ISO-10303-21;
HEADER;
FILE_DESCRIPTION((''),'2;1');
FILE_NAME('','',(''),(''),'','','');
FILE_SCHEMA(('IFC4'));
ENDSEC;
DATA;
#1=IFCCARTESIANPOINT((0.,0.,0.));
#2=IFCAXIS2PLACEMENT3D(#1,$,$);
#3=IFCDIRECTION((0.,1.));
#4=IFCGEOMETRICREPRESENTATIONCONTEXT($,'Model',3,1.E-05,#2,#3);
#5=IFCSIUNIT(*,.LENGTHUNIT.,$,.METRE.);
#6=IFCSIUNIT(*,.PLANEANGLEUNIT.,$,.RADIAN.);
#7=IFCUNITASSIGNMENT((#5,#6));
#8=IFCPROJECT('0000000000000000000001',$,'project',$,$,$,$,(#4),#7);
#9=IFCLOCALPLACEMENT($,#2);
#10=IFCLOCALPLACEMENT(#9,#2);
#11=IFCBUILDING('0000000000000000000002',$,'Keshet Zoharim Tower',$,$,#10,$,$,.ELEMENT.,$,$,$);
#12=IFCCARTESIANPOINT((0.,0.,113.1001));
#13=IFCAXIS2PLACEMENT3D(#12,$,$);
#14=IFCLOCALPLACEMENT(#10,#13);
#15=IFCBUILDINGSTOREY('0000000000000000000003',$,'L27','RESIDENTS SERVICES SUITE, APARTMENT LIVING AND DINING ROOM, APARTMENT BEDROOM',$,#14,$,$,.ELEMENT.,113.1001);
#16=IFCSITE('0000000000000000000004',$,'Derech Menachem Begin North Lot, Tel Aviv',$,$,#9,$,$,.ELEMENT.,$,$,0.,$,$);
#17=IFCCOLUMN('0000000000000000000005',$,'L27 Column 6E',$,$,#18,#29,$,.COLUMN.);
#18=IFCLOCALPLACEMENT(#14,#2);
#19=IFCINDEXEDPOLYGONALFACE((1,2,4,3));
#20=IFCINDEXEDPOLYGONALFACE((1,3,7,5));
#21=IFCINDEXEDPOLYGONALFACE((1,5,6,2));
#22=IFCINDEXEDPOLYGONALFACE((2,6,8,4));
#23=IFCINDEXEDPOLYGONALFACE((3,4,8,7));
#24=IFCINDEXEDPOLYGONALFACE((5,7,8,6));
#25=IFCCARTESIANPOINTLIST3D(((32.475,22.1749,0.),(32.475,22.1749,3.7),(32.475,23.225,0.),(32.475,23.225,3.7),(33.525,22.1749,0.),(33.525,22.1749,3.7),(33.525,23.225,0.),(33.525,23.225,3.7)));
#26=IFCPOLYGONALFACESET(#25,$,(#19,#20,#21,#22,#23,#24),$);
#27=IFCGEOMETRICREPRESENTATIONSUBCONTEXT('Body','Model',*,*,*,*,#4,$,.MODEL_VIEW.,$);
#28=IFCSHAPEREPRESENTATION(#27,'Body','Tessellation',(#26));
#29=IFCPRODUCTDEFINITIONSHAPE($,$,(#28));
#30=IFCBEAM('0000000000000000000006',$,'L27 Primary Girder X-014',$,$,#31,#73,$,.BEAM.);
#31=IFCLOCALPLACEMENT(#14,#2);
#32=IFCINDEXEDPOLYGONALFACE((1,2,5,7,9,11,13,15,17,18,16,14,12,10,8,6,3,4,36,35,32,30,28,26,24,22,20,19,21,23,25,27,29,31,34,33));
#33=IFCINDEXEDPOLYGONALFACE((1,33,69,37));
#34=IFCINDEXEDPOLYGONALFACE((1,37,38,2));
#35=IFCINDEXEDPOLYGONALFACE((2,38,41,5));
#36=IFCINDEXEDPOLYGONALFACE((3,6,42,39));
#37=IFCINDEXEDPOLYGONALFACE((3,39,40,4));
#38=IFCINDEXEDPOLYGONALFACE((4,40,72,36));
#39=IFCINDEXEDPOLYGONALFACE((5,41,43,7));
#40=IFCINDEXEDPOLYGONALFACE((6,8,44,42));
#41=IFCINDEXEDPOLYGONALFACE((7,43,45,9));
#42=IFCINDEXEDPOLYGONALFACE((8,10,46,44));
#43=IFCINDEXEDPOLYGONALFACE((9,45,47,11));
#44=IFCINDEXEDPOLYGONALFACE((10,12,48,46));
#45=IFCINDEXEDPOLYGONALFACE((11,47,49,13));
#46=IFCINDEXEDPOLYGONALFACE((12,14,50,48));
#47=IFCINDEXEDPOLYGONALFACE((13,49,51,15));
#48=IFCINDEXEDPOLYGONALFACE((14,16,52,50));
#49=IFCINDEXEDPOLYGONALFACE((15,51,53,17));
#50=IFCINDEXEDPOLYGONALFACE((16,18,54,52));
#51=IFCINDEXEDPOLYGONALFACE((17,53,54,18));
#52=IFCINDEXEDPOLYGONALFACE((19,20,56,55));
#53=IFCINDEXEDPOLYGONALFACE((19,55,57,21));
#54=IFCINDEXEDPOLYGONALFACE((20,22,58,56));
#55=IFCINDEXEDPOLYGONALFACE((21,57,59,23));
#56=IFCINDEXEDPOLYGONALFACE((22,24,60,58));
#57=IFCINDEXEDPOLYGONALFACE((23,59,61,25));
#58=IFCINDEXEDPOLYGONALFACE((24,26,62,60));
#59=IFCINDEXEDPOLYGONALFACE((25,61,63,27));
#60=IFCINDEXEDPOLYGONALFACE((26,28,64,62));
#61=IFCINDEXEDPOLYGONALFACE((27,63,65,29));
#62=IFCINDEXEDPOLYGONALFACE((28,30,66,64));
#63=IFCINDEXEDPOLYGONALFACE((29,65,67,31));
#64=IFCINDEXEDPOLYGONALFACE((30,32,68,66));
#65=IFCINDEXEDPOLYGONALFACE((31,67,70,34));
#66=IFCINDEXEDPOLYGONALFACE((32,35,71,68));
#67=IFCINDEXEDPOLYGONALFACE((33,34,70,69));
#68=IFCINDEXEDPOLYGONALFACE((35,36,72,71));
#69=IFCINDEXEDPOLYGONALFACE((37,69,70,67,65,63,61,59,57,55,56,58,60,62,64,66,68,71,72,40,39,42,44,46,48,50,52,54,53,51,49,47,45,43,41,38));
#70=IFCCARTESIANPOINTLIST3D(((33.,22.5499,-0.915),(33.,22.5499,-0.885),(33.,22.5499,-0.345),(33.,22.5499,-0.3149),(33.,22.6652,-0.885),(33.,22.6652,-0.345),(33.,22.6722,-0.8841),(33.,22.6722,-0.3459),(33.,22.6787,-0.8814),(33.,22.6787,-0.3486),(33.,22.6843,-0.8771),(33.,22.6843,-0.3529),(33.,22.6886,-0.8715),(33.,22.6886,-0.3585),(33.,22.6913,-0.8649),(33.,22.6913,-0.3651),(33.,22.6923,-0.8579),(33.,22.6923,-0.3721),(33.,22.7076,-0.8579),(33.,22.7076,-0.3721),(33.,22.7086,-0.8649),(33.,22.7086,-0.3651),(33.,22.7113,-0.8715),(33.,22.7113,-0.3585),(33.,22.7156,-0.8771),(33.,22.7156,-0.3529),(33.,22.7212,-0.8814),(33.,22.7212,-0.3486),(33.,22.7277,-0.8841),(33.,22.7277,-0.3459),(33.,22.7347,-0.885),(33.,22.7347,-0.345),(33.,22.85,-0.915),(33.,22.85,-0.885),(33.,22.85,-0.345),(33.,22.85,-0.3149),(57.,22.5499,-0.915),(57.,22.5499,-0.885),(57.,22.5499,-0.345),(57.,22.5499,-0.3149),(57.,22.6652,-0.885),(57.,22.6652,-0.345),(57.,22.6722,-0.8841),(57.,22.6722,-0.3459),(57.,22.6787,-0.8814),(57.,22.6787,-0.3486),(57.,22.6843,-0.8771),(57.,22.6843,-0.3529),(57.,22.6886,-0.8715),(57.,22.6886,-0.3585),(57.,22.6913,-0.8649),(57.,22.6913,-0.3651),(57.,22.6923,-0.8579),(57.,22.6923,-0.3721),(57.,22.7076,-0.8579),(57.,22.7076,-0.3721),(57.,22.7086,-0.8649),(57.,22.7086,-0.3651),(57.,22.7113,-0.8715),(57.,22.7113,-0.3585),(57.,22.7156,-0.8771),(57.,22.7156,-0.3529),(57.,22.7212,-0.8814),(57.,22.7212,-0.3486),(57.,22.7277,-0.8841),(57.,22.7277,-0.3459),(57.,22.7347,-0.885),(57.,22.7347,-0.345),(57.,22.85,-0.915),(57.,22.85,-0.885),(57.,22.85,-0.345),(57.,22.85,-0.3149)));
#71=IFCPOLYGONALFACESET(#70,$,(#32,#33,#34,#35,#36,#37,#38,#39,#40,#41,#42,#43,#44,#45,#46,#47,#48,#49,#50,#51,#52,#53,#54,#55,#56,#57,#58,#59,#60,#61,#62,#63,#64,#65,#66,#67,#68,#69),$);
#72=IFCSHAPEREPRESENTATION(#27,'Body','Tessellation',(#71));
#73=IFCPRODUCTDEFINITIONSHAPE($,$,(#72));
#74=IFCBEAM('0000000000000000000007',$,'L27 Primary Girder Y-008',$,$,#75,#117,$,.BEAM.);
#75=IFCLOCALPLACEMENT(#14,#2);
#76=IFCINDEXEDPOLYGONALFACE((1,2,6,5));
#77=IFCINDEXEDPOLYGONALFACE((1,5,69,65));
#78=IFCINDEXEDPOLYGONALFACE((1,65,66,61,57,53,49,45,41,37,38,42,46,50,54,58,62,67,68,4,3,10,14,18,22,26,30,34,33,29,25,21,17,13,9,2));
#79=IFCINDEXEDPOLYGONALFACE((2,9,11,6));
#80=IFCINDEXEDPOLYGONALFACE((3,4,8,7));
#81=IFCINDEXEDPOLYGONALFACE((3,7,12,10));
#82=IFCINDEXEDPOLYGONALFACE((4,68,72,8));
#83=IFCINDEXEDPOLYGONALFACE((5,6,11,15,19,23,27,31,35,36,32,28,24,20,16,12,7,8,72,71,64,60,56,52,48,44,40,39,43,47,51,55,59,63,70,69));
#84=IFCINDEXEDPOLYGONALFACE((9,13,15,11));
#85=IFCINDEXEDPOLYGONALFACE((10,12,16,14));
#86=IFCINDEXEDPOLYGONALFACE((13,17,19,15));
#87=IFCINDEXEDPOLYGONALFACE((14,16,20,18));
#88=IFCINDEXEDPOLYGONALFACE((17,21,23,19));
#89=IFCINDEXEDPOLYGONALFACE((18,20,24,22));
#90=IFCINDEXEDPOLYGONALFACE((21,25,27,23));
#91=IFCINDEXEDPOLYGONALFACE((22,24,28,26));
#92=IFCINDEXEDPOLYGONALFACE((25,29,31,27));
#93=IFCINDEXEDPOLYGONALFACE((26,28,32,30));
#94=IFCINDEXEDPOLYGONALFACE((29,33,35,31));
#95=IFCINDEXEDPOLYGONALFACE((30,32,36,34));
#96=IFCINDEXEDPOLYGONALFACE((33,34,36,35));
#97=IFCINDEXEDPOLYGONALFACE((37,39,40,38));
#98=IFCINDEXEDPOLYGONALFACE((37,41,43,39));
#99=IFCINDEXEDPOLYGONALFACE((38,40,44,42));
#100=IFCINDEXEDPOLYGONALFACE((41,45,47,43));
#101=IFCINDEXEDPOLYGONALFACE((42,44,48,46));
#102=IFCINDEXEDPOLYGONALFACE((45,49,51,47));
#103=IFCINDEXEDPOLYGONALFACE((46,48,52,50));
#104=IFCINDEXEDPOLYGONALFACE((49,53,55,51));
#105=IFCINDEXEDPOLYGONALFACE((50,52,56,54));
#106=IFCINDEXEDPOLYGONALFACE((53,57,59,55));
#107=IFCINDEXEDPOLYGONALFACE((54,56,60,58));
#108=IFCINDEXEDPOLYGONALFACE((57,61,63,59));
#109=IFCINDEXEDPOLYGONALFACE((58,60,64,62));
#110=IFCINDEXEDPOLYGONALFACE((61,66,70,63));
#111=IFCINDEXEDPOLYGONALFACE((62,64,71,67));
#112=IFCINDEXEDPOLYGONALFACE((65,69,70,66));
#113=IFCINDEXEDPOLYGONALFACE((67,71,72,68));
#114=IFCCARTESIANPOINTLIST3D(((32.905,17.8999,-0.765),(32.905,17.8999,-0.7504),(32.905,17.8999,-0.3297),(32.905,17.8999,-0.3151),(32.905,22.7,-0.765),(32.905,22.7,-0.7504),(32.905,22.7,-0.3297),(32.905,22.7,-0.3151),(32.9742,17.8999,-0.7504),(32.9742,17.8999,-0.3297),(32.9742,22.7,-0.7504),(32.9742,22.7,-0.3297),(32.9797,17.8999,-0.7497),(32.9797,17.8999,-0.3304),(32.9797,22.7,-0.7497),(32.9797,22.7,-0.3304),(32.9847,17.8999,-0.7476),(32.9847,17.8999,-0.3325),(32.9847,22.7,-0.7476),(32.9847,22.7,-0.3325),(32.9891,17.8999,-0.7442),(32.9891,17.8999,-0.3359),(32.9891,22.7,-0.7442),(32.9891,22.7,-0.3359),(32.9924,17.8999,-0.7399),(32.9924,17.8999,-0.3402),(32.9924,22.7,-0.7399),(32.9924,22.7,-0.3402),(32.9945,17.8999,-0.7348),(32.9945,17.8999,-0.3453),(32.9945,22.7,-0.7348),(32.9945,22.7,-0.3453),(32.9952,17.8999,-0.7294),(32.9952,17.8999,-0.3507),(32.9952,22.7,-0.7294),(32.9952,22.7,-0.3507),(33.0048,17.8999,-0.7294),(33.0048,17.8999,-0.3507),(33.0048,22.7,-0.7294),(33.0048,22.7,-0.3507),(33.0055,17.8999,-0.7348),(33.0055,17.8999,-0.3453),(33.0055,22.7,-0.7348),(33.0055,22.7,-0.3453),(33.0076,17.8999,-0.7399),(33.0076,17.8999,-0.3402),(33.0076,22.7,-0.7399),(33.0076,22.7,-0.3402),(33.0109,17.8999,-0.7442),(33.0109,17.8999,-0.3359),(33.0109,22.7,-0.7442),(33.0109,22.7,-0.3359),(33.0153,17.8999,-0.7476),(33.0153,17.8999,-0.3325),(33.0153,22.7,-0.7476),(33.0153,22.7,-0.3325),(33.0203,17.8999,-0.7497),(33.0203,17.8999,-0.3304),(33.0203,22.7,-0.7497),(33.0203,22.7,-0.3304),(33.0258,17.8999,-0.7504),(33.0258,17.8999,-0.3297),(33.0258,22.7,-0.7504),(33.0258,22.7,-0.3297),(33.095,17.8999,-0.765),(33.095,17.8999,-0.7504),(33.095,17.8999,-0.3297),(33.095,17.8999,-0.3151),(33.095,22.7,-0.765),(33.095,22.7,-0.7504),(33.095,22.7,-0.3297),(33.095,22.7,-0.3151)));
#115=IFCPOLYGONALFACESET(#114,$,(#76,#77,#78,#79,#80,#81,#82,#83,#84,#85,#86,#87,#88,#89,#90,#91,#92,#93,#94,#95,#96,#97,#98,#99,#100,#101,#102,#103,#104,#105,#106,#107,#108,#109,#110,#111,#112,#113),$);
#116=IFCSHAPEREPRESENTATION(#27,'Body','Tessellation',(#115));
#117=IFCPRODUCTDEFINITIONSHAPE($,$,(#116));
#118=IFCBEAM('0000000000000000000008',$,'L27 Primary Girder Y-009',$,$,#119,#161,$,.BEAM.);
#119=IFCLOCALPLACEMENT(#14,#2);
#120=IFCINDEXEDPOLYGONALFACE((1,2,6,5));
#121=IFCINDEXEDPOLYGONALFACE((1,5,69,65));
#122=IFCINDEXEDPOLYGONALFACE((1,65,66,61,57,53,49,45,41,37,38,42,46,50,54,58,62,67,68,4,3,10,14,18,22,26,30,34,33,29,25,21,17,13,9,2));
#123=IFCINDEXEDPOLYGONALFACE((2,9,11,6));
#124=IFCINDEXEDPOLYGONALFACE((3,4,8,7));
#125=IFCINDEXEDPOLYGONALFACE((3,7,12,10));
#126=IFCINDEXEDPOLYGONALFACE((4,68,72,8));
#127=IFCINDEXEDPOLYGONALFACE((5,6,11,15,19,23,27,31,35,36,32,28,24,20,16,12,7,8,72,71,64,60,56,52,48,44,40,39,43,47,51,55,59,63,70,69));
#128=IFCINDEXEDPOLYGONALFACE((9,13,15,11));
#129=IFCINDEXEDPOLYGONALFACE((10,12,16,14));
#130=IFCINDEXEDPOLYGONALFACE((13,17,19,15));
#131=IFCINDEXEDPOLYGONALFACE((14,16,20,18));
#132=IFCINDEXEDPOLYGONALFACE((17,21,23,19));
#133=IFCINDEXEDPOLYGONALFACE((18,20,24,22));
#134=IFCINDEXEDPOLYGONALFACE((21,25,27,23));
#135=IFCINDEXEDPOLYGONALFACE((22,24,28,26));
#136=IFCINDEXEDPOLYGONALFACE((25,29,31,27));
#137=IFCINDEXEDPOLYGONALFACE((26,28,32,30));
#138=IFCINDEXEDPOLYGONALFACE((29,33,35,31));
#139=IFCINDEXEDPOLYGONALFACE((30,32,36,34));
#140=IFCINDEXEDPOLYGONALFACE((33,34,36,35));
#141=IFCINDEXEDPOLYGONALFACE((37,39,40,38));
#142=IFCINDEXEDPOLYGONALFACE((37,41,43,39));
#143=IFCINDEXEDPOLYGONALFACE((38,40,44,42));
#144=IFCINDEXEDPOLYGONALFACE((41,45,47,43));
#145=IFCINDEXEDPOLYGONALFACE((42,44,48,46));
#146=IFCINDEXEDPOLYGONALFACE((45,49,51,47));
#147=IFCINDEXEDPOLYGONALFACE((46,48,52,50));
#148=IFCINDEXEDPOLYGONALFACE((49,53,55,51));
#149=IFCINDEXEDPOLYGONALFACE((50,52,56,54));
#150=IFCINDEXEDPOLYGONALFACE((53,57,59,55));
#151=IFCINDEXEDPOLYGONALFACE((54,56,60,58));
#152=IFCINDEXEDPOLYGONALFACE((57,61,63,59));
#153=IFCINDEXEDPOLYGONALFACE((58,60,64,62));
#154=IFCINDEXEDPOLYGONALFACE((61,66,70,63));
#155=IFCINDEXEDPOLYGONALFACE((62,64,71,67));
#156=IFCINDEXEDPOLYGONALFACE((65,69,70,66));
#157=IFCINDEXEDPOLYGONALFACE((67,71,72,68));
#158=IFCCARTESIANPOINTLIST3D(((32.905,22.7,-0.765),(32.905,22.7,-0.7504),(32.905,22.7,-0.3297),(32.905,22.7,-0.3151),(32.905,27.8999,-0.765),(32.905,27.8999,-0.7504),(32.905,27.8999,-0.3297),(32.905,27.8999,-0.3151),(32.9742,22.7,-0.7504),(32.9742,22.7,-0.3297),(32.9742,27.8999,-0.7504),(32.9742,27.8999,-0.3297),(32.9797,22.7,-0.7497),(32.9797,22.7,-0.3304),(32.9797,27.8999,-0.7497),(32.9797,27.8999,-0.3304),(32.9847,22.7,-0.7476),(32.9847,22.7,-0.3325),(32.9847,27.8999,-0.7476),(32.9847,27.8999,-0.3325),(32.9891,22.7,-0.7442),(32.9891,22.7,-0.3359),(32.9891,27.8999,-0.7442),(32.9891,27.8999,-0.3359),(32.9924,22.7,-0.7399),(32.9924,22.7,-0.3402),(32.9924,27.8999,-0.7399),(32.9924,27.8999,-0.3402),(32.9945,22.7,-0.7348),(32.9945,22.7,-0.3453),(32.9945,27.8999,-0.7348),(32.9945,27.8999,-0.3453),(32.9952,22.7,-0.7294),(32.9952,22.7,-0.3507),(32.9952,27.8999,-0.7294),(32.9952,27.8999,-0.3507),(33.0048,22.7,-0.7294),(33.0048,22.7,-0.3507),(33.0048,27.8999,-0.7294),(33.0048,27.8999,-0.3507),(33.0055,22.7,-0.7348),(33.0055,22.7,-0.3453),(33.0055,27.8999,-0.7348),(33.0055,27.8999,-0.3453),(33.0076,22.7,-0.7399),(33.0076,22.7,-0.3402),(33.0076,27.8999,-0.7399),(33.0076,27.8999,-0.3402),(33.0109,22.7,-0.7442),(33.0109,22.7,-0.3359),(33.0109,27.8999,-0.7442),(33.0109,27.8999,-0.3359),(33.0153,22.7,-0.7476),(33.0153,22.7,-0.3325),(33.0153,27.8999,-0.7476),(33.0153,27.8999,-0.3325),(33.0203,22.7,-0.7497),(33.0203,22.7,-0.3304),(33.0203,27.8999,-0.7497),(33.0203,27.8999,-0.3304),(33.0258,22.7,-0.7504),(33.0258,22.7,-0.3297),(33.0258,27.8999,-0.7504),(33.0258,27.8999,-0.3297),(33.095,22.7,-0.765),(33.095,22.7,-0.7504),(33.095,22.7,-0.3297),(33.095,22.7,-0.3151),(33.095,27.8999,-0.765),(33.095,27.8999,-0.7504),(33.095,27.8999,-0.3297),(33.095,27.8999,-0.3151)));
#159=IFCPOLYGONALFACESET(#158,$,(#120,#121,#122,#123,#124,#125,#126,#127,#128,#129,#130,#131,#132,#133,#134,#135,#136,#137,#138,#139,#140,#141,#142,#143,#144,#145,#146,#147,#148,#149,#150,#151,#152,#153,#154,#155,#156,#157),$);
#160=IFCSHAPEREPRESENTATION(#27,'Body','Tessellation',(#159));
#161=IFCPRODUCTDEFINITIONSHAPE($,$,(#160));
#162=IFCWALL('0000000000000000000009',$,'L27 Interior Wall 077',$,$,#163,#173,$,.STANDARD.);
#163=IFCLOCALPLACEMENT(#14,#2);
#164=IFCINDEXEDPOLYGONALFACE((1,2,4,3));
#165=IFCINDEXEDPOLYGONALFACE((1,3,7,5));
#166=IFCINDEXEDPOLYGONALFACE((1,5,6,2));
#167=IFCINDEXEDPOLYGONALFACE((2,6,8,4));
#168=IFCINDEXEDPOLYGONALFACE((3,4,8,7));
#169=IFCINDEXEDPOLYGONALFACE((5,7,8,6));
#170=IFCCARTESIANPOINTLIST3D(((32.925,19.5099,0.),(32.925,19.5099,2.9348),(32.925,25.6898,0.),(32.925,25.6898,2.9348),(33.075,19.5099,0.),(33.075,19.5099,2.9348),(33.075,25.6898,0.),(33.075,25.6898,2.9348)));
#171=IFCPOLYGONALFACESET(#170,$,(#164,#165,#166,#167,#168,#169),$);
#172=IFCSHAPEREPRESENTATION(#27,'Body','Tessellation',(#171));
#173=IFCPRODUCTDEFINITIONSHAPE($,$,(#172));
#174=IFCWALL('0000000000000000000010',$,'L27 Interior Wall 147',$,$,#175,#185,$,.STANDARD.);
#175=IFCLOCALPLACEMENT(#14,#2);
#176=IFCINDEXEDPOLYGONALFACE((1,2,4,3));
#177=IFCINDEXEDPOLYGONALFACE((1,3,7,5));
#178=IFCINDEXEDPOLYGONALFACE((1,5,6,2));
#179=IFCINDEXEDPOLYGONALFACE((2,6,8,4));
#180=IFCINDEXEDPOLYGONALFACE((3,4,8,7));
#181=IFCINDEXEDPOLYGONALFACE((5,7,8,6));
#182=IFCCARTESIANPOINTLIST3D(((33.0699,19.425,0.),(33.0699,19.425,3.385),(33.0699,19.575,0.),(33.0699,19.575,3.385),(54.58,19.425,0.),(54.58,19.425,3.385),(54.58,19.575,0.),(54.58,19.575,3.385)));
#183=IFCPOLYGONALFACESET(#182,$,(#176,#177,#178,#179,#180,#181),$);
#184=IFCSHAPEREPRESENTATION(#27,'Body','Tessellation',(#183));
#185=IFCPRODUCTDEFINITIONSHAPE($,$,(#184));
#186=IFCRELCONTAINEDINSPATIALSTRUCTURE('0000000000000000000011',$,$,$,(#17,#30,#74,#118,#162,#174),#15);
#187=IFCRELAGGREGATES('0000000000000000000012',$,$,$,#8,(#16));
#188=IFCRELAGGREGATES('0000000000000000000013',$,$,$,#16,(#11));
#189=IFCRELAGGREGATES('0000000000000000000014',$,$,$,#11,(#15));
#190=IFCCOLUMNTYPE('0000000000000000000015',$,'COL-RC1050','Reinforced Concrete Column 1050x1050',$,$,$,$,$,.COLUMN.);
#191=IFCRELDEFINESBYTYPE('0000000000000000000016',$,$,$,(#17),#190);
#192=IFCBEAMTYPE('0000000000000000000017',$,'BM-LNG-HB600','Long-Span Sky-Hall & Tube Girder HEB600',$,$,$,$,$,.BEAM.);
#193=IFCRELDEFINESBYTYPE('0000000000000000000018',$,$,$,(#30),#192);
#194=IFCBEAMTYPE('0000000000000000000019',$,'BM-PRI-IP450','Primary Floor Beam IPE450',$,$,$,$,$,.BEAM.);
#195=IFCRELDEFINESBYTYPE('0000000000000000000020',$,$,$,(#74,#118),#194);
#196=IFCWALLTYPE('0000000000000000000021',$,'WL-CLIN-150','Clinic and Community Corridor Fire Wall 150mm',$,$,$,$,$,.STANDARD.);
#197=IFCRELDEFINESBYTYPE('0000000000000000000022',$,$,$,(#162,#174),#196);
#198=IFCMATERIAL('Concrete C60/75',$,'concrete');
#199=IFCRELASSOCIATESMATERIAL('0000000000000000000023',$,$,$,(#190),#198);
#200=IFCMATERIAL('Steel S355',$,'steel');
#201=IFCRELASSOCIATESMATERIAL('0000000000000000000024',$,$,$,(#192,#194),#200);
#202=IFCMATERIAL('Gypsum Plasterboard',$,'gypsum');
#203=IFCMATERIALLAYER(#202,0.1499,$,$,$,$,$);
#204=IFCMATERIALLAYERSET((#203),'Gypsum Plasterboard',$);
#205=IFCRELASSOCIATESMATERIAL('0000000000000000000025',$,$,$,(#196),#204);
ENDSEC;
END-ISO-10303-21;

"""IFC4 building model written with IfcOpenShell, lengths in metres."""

from ifc_helpers import new_model, si_unit, direction, frame, frame_2d, origin, origin_2d, place, context, subcontext, project, spatial, rectangle, i_section, extrude, material, layer, layer_set, material_profile, profile_set, type_object, element, save


model = new_model("IFC4")

# Units and contexts
model_context = context("Model", 3, precision=1e-05, world=origin(), true_north=direction((0.0, 1.0)))
body_context = subcontext(model_context, "Body", "Model", "MODEL_VIEW")
ifc_project = project(units=[si_unit("LENGTHUNIT", "METRE"), si_unit("PLANEANGLEUNIT", "RADIAN")], contexts=[model_context])

# Site, building, storey
site_placement = place(None, origin())
site = spatial("IfcSite", under=ifc_project, at=site_placement, Name="Derech Menachem Begin North Lot, Tel Aviv", CompositionType="ELEMENT", RefElevation=0.0)
building_placement = place(site_placement, origin())
building = spatial("IfcBuilding", under=site, at=building_placement, Name="Keshet Zoharim Tower", CompositionType="ELEMENT")
storey_placement = place(building_placement, frame((0.0, 0.0, 113.1001)))
storey = spatial("IfcBuildingStorey", under=building, at=storey_placement, Name="L27", Description="RESIDENTS SERVICES SUITE, APARTMENT LIVING AND DINING ROOM, APARTMENT BEDROOM", CompositionType="ELEMENT", Elevation=113.1001)

# Column
ifc_material_1 = material(Name="Concrete C60/75", Category="concrete")
ifc_material_profile_1 = material_profile(ifc_material_1, rectangle(XDim=1.05, YDim=1.05, at=origin_2d()), Name="RC1050x1050")
ifc_profile_set_1 = profile_set([ifc_material_profile_1], Name="Concrete C60/75")
column_type = type_object("IfcColumnType", Name="COL-RC1050", Description="Reinforced Concrete Column 1050x1050", PredefinedType="COLUMN", material=ifc_profile_set_1)
column_placement = place(storey_placement, frame((33.0, 22.7, 0.0), z_axis=(0.0, 0.0, 1.0), x_axis=(1.0, 0.0, 0.0)))
element("IfcColumn", 1, at=column_placement, inside=storey, type_object=column_type, Name="L27 Column 6E", PredefinedType="COLUMN", context=body_context, shape_type="SweptSolid", body=[
    extrude(rectangle(XDim=1.05, YDim=1.05, at=origin_2d()), origin(), (0.0, 0.0, 1.0), 3.7),
])

# Beams
ifc_material_2 = material(Name="Steel S355", Category="steel")
ifc_material_profile_2 = material_profile(ifc_material_2, i_section(OverallWidth=0.3, OverallDepth=0.6001, WebThickness=0.0154, FlangeThickness=0.03, FilletRadius=0.0271, at=origin_2d()), Name="HEB600")
ifc_profile_set_2 = profile_set([ifc_material_profile_2], Name="Steel S355")
beam_type_1 = type_object("IfcBeamType", Name="BM-LNG-HB600", Description="Long-Span Sky-Hall & Tube Girder HEB600", PredefinedType="BEAM", material=ifc_profile_set_2)
beam_1_placement = place(storey_placement, frame((33.0, 22.7, -0.615), z_axis=(1.0, 0.0, 0.0), x_axis=(0.0, 1.0, 0.0)))
element("IfcBeam", 2, at=beam_1_placement, inside=storey, type_object=beam_type_1, Name="L27 Primary Girder X-014", PredefinedType="BEAM", context=body_context, shape_type="SweptSolid", body=[
    extrude(i_section(OverallWidth=0.3, OverallDepth=0.6001, WebThickness=0.0154, FlangeThickness=0.03, FilletRadius=0.0271, at=origin_2d()), origin(), (0.0, 0.0, 1.0), 24.0),
])
ifc_material_profile_3 = material_profile(ifc_material_2, i_section(OverallWidth=0.1899, OverallDepth=0.45, WebThickness=0.0095, FlangeThickness=0.0146, FilletRadius=0.021, at=origin_2d()), Name="IPE450")
ifc_profile_set_3 = profile_set([ifc_material_profile_3], Name="Steel S355")
beam_type_2 = type_object("IfcBeamType", Name="BM-PRI-IP450", Description="Primary Floor Beam IPE450", PredefinedType="BEAM", material=ifc_profile_set_3)
beam_2_placement = place(storey_placement, frame((33.0, 17.8999, -0.54), z_axis=(0.0, 1.0, 0.0), x_axis=(-1.0, 0.0, 0.0)))
element("IfcBeam", 3, at=beam_2_placement, inside=storey, type_object=beam_type_2, Name="L27 Primary Girder Y-008", PredefinedType="BEAM", context=body_context, shape_type="SweptSolid", body=[
    extrude(i_section(OverallWidth=0.1899, OverallDepth=0.45, WebThickness=0.0095, FlangeThickness=0.0146, FilletRadius=0.021, at=origin_2d()), origin(), (0.0, 0.0, 1.0), 4.8),
])
beam_3_placement = place(storey_placement, frame((33.0, 22.7, -0.54), z_axis=(0.0, 1.0, 0.0), x_axis=(-1.0, 0.0, 0.0)))
element("IfcBeam", 4, at=beam_3_placement, inside=storey, type_object=beam_type_2, Name="L27 Primary Girder Y-009", PredefinedType="BEAM", context=body_context, shape_type="SweptSolid", body=[
    extrude(i_section(OverallWidth=0.1899, OverallDepth=0.45, WebThickness=0.0095, FlangeThickness=0.0146, FilletRadius=0.021, at=origin_2d()), origin(), (0.0, 0.0, 1.0), 5.2),
])

# Walls
ifc_material_3 = material(Name="Gypsum Plasterboard", Category="gypsum")
ifc_layer_1 = layer(ifc_material_3, 0.1499)
ifc_layer_set_1 = layer_set([ifc_layer_1], Name="Gypsum Plasterboard")
wall_type_1 = type_object("IfcWallType", Name="WL-CLIN-150", Description="Clinic and Community Corridor Fire Wall 150mm", PredefinedType="STANDARD", material=ifc_layer_set_1)
wall_1_placement = place(storey_placement, frame((33.0, 19.51, 0.0), z_axis=(0.0, 0.0, 1.0), x_axis=(0.0, 1.0, 0.0)))
element("IfcWall", 5, at=wall_1_placement, inside=storey, type_object=wall_type_1, Name="L27 Interior Wall 077", PredefinedType="STANDARD", context=body_context, shape_type="SweptSolid", body=[
    extrude(rectangle(XDim=6.1799, YDim=0.1499, at=frame_2d((3.0898, 0.0))), origin(), (0.0, 0.0, 1.0), 2.9348),
])
wall_2_placement = place(storey_placement, frame((33.0701, 19.5, 0.0), z_axis=(0.0, 0.0, 1.0), x_axis=(1.0, 0.0, 0.0)))
element("IfcWall", 6, at=wall_2_placement, inside=storey, type_object=wall_type_1, Name="L27 Interior Wall 147", PredefinedType="STANDARD", context=body_context, shape_type="SweptSolid", body=[
    extrude(rectangle(XDim=21.51, YDim=0.1499, at=frame_2d((10.7549, 0.0))), origin(), (0.0, 0.0, 1.0), 3.385),
])

save(model, "model.ifc")
